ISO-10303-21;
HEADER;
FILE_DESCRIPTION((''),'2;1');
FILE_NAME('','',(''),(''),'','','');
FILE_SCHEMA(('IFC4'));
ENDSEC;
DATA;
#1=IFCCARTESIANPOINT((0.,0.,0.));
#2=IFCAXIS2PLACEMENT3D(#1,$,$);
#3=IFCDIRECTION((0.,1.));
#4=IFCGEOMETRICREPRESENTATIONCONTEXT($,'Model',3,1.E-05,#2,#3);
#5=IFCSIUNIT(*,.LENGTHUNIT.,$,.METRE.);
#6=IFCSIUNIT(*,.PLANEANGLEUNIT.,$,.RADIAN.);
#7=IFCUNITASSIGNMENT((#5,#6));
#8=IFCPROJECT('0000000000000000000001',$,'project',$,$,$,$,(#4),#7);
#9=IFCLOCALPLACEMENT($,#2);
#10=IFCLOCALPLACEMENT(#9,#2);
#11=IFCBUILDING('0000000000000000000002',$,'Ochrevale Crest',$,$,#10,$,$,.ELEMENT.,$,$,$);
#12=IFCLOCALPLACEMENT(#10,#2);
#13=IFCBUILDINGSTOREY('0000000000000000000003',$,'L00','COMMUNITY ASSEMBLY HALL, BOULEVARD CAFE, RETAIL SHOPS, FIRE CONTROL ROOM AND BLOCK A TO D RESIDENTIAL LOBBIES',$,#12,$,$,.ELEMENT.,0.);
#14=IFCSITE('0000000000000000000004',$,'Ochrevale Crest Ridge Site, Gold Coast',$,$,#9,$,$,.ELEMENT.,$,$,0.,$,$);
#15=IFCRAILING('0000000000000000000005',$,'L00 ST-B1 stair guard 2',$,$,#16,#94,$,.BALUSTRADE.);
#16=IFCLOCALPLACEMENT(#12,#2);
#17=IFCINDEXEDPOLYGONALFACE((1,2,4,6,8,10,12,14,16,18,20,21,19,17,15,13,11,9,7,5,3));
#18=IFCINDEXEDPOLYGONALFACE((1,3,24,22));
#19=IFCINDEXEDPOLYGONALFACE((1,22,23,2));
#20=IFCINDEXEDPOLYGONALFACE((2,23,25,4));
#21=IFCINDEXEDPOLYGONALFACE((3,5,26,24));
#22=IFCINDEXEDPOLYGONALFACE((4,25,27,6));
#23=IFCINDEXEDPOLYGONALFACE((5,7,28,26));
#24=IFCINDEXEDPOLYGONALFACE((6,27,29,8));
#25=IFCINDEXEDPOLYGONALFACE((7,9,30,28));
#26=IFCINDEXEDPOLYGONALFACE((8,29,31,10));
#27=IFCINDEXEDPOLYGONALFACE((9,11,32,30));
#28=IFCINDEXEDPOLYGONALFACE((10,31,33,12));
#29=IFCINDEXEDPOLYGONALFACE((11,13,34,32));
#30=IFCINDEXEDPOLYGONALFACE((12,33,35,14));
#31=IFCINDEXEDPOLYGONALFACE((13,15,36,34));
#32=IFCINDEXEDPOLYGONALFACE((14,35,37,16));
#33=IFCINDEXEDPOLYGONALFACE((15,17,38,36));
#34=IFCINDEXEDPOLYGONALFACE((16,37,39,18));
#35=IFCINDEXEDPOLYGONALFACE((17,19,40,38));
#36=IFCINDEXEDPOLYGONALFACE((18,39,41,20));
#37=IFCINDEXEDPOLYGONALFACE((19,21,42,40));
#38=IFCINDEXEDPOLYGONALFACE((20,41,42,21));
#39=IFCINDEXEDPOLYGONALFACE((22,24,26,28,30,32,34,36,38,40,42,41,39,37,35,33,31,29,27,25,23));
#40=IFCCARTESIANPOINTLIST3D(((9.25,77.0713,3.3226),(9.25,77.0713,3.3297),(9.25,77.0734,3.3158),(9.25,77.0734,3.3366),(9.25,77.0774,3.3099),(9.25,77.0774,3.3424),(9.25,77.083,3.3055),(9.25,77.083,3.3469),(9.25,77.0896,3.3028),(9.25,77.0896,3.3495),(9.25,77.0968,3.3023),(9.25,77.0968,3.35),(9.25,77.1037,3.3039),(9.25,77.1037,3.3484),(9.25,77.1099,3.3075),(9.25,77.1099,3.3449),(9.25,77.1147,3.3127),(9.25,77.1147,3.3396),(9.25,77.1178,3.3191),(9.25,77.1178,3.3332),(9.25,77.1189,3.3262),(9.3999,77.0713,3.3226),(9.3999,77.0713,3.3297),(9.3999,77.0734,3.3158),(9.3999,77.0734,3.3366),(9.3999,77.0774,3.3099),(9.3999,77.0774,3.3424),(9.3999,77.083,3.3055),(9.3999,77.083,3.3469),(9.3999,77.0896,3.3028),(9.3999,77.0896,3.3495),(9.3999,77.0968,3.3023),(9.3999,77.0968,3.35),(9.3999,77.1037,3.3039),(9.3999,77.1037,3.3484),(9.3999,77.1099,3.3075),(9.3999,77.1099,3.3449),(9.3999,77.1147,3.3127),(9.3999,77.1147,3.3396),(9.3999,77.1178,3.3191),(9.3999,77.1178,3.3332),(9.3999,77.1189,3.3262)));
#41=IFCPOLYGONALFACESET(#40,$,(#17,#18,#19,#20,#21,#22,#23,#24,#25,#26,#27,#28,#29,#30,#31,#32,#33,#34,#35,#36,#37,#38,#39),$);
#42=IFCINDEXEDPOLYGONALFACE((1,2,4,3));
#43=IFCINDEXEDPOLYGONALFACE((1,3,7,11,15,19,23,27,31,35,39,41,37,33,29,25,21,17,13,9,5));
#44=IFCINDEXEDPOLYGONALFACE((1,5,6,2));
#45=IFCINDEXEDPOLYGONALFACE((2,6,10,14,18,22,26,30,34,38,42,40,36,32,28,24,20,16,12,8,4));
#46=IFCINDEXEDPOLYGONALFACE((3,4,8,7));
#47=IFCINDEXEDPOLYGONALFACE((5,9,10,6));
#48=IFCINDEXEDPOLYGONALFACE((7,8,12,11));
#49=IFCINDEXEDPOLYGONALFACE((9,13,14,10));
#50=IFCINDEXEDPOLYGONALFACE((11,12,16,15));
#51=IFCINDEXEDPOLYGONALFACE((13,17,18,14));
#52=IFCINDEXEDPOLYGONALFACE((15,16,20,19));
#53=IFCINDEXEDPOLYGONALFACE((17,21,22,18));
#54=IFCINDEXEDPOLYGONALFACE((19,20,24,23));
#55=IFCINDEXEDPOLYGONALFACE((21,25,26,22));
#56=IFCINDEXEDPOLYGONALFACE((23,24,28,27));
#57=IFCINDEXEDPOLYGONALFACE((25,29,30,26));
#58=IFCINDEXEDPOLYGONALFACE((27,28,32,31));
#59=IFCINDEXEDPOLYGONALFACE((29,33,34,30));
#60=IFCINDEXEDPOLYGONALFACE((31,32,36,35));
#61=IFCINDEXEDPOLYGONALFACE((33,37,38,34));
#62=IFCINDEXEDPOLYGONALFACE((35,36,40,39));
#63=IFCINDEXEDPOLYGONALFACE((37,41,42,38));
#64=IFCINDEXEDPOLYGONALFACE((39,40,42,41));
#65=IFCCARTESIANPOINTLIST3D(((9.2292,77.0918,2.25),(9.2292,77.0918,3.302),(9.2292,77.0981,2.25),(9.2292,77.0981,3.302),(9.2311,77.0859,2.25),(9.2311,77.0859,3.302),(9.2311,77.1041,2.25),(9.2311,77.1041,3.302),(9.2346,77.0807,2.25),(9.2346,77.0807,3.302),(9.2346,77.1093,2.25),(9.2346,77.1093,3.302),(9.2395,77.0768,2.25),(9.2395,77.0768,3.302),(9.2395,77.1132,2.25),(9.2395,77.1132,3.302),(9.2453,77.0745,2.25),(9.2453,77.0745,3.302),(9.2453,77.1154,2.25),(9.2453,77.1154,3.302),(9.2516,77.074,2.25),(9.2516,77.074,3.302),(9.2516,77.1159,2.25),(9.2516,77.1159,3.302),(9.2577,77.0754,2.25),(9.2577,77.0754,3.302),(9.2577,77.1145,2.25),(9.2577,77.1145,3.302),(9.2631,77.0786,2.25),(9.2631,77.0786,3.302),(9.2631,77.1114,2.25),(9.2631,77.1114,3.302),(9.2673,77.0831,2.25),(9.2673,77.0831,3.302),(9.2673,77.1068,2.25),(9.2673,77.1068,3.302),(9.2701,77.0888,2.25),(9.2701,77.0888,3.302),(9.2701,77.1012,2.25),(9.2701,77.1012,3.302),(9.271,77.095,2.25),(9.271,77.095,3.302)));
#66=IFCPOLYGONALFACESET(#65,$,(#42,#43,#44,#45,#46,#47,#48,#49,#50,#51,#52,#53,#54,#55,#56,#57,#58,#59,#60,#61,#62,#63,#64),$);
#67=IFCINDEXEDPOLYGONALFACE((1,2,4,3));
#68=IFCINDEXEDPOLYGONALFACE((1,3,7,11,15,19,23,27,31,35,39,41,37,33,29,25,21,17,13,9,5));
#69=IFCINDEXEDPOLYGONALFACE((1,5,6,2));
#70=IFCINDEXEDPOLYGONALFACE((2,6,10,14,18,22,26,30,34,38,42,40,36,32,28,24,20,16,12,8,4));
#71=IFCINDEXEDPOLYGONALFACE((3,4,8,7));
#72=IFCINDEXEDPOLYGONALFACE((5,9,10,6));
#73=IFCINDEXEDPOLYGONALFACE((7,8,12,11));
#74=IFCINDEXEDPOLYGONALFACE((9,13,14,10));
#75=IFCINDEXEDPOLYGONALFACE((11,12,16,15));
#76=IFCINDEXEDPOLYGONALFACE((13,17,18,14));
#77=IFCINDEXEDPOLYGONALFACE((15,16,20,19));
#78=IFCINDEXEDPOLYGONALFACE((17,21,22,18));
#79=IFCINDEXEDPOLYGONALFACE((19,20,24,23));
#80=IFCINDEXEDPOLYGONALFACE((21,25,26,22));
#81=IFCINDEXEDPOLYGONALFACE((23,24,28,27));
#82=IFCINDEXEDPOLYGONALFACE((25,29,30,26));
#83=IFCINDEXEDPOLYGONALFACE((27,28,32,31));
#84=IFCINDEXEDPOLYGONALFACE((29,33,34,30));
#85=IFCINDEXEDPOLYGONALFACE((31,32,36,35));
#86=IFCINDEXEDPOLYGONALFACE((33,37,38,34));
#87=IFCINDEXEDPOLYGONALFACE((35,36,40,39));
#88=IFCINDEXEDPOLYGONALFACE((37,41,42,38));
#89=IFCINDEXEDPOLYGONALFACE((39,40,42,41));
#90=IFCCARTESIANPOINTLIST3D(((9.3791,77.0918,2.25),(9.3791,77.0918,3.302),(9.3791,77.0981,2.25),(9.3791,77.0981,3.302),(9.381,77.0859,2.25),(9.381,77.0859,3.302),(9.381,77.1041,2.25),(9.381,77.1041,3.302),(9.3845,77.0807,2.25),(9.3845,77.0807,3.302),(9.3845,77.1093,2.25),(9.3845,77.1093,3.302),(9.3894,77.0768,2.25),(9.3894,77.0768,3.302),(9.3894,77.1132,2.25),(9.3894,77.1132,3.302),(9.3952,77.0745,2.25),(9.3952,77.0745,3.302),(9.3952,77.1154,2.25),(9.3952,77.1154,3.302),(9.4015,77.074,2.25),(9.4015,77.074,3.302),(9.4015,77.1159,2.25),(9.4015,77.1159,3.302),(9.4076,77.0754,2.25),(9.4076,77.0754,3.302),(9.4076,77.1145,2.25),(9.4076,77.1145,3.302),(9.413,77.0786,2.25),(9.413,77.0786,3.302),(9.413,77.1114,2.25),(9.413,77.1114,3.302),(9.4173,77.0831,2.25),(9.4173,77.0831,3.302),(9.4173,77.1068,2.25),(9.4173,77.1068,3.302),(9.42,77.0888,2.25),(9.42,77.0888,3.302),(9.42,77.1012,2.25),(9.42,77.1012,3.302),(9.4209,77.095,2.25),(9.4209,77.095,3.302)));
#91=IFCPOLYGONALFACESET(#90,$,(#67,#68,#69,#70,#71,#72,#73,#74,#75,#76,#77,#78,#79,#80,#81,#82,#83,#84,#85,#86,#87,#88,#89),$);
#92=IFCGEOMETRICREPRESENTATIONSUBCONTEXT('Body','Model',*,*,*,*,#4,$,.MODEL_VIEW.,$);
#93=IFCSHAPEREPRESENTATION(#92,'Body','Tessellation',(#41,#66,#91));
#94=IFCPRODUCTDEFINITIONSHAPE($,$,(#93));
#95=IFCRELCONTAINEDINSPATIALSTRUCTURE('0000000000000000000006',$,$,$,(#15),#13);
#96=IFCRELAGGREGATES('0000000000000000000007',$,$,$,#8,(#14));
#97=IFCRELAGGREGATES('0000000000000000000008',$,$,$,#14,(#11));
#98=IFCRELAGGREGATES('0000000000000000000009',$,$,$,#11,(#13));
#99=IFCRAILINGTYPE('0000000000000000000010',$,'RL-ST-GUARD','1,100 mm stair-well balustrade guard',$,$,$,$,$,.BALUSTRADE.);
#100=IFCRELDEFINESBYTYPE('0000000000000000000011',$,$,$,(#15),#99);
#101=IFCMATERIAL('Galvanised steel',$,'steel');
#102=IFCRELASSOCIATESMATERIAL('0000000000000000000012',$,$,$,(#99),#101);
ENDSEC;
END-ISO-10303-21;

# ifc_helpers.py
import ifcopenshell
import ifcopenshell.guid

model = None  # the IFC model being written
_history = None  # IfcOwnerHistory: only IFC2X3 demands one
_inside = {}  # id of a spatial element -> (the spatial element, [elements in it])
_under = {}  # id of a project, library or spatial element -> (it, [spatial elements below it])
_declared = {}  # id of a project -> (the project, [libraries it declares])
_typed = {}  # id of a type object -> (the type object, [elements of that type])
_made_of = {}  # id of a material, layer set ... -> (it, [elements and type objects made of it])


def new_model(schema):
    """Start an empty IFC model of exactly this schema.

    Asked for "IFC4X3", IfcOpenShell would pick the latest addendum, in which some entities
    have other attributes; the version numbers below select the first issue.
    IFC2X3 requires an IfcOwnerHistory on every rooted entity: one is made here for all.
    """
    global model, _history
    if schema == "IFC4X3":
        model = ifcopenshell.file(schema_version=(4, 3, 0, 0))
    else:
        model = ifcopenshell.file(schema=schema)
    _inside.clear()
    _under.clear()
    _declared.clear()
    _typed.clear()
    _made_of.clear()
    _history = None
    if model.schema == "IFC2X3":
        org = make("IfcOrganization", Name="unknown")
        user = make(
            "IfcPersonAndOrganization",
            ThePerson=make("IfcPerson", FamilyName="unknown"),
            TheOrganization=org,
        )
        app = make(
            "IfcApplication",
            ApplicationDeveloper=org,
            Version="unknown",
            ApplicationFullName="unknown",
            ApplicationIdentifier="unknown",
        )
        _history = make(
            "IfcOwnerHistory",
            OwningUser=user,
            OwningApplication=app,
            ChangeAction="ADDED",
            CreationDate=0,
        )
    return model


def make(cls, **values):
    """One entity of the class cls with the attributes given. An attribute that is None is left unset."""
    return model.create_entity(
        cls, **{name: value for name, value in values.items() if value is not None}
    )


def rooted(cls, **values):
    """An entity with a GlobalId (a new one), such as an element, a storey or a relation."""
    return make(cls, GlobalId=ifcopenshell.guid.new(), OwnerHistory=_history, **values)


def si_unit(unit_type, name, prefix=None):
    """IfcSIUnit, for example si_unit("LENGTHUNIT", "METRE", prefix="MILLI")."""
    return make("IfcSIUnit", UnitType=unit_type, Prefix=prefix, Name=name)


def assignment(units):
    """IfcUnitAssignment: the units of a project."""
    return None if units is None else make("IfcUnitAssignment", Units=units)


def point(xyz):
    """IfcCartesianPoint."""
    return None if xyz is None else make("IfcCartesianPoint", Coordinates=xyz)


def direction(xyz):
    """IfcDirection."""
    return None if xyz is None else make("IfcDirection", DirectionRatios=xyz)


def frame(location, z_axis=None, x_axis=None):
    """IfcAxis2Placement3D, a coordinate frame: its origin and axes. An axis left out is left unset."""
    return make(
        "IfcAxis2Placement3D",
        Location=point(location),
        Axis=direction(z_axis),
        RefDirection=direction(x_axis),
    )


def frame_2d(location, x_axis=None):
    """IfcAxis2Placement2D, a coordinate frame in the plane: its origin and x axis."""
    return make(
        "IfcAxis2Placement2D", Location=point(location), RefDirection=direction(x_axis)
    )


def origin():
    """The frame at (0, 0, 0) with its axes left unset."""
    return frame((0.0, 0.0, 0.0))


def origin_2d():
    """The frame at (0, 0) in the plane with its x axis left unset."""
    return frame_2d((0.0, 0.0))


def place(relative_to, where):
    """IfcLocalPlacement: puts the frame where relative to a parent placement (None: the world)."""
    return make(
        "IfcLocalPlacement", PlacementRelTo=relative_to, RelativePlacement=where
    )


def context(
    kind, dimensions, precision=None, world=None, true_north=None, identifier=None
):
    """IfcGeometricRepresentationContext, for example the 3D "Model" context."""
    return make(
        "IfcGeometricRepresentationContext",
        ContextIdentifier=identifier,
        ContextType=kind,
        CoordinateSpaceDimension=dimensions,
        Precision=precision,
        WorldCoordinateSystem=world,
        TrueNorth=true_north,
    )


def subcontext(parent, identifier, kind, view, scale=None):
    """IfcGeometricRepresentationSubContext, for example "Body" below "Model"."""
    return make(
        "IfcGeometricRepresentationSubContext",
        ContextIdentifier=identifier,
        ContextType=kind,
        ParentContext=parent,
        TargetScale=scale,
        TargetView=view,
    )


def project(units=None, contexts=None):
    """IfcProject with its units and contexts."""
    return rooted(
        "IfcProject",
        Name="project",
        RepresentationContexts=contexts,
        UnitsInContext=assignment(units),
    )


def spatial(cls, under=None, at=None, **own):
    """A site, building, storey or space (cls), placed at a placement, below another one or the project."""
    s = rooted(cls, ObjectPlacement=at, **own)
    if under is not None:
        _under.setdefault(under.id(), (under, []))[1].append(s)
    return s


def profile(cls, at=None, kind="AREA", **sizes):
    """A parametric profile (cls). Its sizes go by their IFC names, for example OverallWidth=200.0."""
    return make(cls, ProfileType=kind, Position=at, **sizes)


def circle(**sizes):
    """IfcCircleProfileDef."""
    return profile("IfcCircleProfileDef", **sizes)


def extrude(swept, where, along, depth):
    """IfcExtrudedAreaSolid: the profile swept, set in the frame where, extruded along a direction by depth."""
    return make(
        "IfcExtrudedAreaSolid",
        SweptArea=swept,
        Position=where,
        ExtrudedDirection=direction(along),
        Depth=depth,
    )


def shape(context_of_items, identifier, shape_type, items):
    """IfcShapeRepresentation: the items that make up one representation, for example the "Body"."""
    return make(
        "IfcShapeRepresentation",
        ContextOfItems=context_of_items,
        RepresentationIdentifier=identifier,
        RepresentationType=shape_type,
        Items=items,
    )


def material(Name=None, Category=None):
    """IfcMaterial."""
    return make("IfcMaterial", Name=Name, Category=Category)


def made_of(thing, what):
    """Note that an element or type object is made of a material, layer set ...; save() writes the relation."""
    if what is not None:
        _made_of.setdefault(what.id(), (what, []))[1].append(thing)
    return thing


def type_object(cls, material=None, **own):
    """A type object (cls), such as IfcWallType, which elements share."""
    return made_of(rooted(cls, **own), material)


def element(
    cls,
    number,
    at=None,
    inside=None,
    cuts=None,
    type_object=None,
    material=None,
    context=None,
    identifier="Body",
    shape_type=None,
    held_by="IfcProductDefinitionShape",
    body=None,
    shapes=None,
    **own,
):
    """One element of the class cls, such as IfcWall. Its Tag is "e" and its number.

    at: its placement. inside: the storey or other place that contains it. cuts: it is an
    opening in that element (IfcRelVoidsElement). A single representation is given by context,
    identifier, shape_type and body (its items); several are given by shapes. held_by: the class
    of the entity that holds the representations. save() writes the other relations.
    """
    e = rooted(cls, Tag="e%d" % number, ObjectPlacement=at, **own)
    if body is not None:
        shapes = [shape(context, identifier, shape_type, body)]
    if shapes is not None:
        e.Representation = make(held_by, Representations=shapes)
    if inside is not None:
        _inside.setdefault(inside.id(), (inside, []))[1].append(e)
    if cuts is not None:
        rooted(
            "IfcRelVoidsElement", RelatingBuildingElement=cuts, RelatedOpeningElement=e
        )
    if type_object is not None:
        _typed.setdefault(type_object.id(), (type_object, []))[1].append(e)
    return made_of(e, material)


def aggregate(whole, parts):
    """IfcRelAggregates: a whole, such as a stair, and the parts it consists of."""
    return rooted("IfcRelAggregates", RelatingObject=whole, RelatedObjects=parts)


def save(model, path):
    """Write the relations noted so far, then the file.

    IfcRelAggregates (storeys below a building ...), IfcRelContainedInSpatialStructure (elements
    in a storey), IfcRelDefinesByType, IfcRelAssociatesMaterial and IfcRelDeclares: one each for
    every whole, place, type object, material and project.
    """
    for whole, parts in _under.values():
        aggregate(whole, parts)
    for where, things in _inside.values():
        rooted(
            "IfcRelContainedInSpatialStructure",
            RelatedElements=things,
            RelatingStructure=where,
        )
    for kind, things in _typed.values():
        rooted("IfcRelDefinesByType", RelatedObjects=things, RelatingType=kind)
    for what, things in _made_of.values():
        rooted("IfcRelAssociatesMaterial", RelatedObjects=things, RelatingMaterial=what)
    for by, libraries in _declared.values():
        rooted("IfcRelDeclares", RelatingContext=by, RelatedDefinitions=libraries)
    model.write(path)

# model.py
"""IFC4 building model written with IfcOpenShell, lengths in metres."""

from ifc_helpers import new_model, si_unit, direction, frame, origin, origin_2d, place, context, subcontext, project, spatial, circle, extrude, material, type_object, element, save


model = new_model("IFC4")

# Units and contexts
model_context = context("Model", 3, precision=1e-05, world=origin(), true_north=direction((0.0, 1.0)))
body_context = subcontext(model_context, "Body", "Model", "MODEL_VIEW")
ifc_project = project(units=[si_unit("LENGTHUNIT", "METRE"), si_unit("PLANEANGLEUNIT", "RADIAN")], contexts=[model_context])

# Site, building, storey
site_placement = place(None, origin())
site = spatial("IfcSite", under=ifc_project, at=site_placement, Name="Ochrevale Crest Ridge Site, Gold Coast", CompositionType="ELEMENT", RefElevation=0.0)
building_placement = place(site_placement, origin())
building = spatial("IfcBuilding", under=site, at=building_placement, Name="Ochrevale Crest", CompositionType="ELEMENT")
storey_placement = place(building_placement, origin())
storey = spatial("IfcBuildingStorey", under=building, at=storey_placement, Name="L00", Description="COMMUNITY ASSEMBLY HALL, BOULEVARD CAFE, RETAIL SHOPS, FIRE CONTROL ROOM AND BLOCK A TO D RESIDENTIAL LOBBIES", CompositionType="ELEMENT", Elevation=0.0)

# Railing
ifc_material_1 = material(Name="Galvanised steel", Category="steel")
railing_type_1 = type_object("IfcRailingType", Name="RL-ST-GUARD", Description="1,100 mm stair-well balustrade guard", PredefinedType="BALUSTRADE", material=ifc_material_1)
railing_1_placement = place(storey_placement, frame((9.25, 77.095, 2.25)))
element("IfcRailing", 1, at=railing_1_placement, inside=storey, type_object=railing_type_1, Name="L00 ST-B1 stair guard 2", PredefinedType="BALUSTRADE", context=body_context, shape_type="SweptSolid", body=[
    extrude(circle(Radius=0.0239, at=origin_2d()), frame((0.0, 0.0, 1.0762), z_axis=(1.0, 0.0, 0.0), x_axis=(0.0, 1.0, 0.0)), (0.0, 0.0, 1.0), 0.1499),
    extrude(circle(Radius=0.021, at=origin_2d()), origin(), (0.0, 0.0, 1.0), 1.052),
    extrude(circle(Radius=0.021, at=origin_2d()), frame((0.1499, 0.0, 0.0)), (0.0, 0.0, 1.0), 1.052),
])

save(model, "model.ifc")
